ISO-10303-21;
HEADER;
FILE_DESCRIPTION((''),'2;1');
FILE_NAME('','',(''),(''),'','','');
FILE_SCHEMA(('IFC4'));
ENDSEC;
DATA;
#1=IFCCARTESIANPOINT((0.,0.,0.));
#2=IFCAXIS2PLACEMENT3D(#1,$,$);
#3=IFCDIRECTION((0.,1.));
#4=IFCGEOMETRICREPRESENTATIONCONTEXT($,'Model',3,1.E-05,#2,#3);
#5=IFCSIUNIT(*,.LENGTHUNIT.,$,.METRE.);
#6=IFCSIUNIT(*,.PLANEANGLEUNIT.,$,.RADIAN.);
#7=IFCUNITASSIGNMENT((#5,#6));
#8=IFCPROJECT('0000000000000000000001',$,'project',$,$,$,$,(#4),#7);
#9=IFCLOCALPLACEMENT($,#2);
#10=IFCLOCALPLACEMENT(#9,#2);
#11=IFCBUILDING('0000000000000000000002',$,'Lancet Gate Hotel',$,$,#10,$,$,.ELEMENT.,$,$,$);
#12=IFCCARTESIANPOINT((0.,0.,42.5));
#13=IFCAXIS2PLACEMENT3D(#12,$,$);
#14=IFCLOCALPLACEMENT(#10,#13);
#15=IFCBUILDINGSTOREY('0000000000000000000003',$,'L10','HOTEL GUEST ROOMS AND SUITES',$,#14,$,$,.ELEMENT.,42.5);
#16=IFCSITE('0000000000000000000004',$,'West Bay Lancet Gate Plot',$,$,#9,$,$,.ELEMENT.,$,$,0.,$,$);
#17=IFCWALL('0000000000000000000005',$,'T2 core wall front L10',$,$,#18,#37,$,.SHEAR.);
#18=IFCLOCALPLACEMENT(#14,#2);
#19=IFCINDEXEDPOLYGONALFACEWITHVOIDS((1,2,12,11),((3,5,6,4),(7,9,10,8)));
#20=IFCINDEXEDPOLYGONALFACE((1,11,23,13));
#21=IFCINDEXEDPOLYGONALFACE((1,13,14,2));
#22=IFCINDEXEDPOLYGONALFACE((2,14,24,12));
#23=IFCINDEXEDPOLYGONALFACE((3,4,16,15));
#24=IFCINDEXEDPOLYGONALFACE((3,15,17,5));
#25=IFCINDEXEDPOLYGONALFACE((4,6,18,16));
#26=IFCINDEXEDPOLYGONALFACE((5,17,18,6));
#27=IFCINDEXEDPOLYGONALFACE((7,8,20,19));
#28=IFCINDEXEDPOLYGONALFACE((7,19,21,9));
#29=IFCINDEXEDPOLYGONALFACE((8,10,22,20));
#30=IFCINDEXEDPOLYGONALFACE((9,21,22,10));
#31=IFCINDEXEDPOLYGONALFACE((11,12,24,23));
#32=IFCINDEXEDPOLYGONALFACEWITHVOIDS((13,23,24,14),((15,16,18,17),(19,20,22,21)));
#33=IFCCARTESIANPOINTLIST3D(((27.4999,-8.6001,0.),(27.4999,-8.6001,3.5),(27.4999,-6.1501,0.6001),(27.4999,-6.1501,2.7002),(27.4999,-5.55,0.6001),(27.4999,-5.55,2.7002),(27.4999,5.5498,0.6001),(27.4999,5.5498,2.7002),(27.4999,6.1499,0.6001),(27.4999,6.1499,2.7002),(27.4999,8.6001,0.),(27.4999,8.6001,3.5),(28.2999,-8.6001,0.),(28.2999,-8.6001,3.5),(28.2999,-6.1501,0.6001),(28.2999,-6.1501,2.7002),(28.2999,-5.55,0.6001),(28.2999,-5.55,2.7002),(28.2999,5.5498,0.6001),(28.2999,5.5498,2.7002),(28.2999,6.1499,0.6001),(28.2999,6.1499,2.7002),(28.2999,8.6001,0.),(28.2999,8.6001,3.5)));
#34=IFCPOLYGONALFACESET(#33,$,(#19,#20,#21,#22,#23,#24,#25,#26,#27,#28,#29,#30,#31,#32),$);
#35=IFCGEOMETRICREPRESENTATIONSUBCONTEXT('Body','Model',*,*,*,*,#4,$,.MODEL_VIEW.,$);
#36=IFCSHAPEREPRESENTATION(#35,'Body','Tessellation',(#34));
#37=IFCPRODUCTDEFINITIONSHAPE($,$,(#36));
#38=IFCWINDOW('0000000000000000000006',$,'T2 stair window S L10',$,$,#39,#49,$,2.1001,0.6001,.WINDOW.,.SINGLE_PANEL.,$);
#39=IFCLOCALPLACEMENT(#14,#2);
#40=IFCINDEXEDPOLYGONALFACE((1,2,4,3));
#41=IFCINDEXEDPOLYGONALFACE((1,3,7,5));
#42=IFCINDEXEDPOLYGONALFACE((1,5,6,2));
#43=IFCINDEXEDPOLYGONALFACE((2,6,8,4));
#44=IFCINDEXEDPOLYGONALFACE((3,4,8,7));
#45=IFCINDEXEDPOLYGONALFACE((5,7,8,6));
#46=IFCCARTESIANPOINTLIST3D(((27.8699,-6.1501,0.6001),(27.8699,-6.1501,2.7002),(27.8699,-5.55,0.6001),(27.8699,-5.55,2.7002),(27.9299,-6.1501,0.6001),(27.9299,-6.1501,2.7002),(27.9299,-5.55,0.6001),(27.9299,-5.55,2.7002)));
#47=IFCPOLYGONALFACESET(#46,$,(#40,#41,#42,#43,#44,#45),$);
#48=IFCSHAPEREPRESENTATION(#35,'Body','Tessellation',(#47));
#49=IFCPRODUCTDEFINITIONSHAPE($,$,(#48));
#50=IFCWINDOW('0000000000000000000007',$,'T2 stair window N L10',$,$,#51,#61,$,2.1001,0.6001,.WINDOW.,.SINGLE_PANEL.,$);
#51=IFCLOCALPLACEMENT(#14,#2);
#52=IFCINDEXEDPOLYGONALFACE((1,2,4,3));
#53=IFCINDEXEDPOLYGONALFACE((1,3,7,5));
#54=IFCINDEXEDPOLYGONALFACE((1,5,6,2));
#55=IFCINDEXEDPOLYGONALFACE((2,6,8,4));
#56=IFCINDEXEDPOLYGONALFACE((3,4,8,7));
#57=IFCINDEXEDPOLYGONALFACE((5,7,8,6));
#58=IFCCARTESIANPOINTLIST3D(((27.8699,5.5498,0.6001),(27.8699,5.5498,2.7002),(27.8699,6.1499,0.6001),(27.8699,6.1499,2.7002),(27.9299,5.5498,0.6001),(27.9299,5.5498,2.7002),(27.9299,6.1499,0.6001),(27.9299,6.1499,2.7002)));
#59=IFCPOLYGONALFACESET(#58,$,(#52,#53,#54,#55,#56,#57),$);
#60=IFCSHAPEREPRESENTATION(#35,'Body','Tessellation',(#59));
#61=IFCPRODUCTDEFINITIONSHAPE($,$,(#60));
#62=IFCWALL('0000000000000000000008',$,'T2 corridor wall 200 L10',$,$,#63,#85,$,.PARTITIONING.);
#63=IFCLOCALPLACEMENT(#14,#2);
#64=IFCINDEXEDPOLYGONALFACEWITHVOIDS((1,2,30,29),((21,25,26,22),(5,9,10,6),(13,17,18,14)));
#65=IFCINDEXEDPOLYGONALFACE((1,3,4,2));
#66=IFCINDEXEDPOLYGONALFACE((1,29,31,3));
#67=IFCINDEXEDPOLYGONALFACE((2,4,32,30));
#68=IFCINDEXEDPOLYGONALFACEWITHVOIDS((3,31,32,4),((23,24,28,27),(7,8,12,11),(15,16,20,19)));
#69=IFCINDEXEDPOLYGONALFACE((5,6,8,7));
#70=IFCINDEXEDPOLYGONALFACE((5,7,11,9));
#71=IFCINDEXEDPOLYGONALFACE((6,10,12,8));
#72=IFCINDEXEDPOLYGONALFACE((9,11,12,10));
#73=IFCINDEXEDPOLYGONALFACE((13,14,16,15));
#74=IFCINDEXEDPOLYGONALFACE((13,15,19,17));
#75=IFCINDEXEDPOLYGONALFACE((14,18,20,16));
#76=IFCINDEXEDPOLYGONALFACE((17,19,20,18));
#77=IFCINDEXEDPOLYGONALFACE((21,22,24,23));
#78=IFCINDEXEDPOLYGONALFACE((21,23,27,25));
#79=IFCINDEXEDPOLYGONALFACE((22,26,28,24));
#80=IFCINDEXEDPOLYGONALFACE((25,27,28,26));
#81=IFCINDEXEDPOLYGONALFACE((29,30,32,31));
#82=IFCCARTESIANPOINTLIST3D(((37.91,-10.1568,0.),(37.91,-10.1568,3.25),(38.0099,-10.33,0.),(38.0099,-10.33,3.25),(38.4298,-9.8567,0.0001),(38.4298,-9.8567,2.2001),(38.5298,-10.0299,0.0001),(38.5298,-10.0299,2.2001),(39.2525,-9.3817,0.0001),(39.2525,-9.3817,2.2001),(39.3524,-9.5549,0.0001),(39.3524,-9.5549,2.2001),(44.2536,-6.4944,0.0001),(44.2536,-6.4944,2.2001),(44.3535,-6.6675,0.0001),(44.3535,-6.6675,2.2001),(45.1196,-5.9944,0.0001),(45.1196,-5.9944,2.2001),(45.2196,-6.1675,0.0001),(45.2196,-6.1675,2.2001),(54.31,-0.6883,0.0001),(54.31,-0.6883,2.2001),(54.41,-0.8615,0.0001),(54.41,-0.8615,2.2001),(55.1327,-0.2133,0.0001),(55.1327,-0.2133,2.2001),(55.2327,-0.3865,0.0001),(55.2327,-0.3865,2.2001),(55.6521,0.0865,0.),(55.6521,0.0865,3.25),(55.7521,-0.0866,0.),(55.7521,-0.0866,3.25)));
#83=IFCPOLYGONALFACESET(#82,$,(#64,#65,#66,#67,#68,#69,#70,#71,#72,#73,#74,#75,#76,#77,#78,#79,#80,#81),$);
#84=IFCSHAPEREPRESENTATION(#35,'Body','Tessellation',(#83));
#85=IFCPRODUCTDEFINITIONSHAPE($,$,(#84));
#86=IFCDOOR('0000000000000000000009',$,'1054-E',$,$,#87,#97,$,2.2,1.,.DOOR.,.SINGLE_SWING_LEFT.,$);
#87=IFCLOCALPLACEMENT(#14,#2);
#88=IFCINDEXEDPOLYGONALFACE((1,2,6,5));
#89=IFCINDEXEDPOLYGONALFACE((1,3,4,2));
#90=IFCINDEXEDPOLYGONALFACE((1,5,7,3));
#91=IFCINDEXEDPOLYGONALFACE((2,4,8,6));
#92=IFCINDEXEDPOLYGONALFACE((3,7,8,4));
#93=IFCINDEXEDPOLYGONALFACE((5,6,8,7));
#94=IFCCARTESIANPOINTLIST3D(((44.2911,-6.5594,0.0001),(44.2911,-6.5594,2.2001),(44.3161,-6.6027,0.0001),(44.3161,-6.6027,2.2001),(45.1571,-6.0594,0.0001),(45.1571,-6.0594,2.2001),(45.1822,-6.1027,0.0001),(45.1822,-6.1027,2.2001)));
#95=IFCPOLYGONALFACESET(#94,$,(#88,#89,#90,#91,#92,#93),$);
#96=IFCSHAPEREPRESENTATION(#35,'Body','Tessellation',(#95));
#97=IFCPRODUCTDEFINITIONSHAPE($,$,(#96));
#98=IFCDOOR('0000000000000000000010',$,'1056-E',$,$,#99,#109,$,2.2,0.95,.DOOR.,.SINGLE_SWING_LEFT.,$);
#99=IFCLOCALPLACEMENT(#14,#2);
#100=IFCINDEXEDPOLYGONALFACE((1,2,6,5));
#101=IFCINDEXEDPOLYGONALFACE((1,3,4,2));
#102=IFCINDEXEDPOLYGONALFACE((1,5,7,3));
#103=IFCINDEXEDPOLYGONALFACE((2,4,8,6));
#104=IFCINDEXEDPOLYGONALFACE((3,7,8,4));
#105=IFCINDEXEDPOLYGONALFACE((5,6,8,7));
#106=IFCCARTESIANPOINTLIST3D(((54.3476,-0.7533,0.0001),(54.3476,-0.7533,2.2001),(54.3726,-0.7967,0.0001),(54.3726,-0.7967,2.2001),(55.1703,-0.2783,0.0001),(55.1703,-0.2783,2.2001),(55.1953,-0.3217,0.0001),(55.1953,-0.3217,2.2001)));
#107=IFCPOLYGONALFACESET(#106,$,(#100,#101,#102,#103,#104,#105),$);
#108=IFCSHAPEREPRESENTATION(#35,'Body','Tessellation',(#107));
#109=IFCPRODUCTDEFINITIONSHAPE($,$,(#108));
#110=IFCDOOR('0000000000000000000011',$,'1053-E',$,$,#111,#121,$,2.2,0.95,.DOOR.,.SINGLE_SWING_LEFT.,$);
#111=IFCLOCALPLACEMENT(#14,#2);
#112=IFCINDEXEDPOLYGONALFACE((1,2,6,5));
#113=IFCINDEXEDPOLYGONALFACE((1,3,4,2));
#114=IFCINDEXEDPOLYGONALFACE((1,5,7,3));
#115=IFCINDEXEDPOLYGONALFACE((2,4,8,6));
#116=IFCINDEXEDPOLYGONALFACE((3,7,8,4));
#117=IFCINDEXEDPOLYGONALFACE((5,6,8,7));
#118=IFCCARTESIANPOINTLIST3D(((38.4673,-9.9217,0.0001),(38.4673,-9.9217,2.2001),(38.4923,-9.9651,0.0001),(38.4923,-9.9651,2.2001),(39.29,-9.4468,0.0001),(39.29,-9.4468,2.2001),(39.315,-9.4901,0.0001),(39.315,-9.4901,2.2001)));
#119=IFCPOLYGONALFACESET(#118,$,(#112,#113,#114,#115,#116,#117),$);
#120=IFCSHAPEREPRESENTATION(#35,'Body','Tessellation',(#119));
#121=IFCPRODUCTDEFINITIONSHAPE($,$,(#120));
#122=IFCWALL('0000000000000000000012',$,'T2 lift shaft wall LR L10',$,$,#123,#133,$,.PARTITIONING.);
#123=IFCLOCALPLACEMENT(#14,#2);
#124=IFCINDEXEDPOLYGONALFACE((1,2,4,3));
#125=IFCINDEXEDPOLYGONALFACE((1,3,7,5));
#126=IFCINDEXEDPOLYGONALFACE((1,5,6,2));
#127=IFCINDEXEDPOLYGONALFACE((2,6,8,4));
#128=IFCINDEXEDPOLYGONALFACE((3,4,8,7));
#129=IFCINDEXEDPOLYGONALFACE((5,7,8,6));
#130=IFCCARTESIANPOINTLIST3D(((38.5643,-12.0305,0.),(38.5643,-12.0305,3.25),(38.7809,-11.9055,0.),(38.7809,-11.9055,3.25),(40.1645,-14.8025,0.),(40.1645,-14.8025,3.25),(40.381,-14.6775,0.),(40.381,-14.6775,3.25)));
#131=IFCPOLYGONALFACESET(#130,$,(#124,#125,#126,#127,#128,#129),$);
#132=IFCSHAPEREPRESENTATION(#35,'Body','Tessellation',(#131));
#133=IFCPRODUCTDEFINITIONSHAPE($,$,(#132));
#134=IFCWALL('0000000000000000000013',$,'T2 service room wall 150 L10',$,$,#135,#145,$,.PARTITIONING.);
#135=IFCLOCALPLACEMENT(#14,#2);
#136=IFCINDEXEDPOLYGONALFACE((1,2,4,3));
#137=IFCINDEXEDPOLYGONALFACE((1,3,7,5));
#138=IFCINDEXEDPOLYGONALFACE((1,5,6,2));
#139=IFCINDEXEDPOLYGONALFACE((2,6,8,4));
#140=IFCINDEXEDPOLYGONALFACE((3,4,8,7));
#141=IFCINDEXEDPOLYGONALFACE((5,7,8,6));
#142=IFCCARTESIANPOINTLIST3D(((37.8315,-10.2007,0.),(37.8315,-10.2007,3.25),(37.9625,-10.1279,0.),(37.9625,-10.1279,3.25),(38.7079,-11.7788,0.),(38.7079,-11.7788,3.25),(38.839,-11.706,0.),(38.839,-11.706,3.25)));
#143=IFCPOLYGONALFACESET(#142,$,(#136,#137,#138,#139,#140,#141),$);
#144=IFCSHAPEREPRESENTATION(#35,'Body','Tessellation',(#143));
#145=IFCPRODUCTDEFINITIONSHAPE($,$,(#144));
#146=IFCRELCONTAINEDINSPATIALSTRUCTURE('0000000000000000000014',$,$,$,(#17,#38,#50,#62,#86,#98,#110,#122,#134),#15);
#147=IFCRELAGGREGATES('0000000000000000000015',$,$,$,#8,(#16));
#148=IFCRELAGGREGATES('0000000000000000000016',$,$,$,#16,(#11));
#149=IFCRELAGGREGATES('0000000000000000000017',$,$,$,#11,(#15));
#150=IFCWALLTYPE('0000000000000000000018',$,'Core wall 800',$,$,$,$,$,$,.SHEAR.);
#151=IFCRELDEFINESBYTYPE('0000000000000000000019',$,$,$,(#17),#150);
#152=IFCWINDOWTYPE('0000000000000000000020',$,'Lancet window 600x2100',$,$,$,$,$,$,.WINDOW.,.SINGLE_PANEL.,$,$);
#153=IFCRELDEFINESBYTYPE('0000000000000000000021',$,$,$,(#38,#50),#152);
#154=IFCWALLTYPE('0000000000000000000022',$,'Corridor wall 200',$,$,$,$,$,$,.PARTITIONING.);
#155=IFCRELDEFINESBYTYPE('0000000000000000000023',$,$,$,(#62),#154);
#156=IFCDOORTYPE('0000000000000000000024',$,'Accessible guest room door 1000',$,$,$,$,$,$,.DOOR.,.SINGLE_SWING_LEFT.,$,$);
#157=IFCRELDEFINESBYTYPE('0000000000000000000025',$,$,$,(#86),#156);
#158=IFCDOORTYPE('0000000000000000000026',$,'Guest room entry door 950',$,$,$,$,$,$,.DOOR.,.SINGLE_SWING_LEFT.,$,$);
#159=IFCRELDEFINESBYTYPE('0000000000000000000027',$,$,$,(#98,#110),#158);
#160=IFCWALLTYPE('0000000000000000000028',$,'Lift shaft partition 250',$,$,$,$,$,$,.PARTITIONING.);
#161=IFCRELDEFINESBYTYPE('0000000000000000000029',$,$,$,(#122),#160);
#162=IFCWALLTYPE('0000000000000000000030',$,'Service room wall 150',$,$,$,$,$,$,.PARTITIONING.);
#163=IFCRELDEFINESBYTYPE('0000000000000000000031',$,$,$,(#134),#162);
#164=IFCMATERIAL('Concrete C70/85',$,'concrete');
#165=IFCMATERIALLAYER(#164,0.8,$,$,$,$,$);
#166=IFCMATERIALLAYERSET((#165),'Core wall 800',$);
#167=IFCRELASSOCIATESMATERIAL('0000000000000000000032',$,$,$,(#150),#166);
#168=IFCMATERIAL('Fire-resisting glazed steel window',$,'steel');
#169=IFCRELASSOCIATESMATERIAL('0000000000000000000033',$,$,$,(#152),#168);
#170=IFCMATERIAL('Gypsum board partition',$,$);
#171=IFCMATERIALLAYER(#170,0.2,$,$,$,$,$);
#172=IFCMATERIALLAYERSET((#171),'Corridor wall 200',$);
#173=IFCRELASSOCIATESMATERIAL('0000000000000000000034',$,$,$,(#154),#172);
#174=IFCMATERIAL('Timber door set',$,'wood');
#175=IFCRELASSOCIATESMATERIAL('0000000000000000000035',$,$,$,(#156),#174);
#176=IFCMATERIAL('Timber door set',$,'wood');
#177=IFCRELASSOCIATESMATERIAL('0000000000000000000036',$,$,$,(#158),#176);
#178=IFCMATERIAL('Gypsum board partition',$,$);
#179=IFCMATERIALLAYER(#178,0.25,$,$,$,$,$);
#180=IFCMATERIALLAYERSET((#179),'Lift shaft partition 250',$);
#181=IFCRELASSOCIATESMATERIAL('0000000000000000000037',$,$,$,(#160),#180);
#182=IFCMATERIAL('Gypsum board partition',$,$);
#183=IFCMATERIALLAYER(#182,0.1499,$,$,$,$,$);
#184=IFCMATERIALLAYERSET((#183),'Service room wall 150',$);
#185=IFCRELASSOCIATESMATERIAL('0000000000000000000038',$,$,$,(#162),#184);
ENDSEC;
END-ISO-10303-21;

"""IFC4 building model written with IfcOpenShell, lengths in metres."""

from ifc_helpers import new_model, si_unit, direction, frame, frame_2d, origin, place, context, subcontext, project, spatial, rectangle, extrude, material, layer, layer_set, type_object, element, fill, save


model = new_model("IFC4")

# Units and contexts
model_context = context("Model", 3, precision=1e-05, world=origin(), true_north=direction((0.0, 1.0)))
body_context = subcontext(model_context, "Body", "Model", "MODEL_VIEW")
ifc_project = project(units=[si_unit("LENGTHUNIT", "METRE"), si_unit("PLANEANGLEUNIT", "RADIAN")], contexts=[model_context])

# Site, building, storey
site_placement = place(None, origin())
site = spatial("IfcSite", under=ifc_project, at=site_placement, Name="West Bay Lancet Gate Plot", CompositionType="ELEMENT", RefElevation=0.0)
building_placement = place(site_placement, origin())
building = spatial("IfcBuilding", under=site, at=building_placement, Name="Lancet Gate Hotel", CompositionType="ELEMENT")
storey_placement = place(building_placement, frame((0.0, 0.0, 42.5)))
storey = spatial("IfcBuildingStorey", under=building, at=storey_placement, Name="L10", Description="HOTEL GUEST ROOMS AND SUITES", CompositionType="ELEMENT", Elevation=42.5)

# Wall, openings, windows
ifc_material_1 = material(Name="Concrete C70/85", Category="concrete")
ifc_layer_1 = layer(ifc_material_1, 0.8)
ifc_layer_set_1 = layer_set([ifc_layer_1], Name="Core wall 800")
wall_type_1 = type_object("IfcWallType", Name="Core wall 800", PredefinedType="SHEAR", material=ifc_layer_set_1)
wall_1_placement = place(storey_placement, frame((27.8999, -8.6001, 0.0), z_axis=(0.0, 0.0, 1.0), x_axis=(0.0, 1.0, 0.0)))
wall_1 = element("IfcWall", 1, at=wall_1_placement, inside=storey, type_object=wall_type_1, Name="T2 core wall front L10", PredefinedType="SHEAR", context=body_context, shape_type="SweptSolid", body=[
    extrude(rectangle(XDim=17.2002, YDim=0.8, at=frame_2d((8.6001, 0.0))), origin(), (0.0, 0.0, 1.0), 3.5),
])
opening_1_placement = place(wall_1_placement, frame((2.45, 0.0, 0.6001)))
opening_1 = element("IfcOpeningElement", 2, at=opening_1_placement, cuts=wall_1, PredefinedType="OPENING", context=body_context, shape_type="SweptSolid", body=[
    extrude(rectangle(XDim=0.6001, YDim=2.1001, at=frame_2d((0.3, 1.05))), frame((0.0, 0.4099, 0.0), z_axis=(0.0, -1.0, 0.0), x_axis=(1.0, 0.0, 0.0)), (0.0, 0.0, 1.0), 0.8201),
])
opening_2_placement = place(wall_1_placement, frame((14.1499, 0.0, 0.6001)))
opening_2 = element("IfcOpeningElement", 3, at=opening_2_placement, cuts=wall_1, PredefinedType="OPENING", context=body_context, shape_type="SweptSolid", body=[
    extrude(rectangle(XDim=0.6001, YDim=2.1001, at=frame_2d((0.3, 1.05))), frame((0.0, 0.4099, 0.0), z_axis=(0.0, -1.0, 0.0), x_axis=(1.0, 0.0, 0.0)), (0.0, 0.0, 1.0), 0.8201),
])
ifc_material_2 = material(Name="Fire-resisting glazed steel window", Category="steel")
window_type = type_object("IfcWindowType", Name="Lancet window 600x2100", PartitioningType="SINGLE_PANEL", PredefinedType="WINDOW", material=ifc_material_2)
window_1_placement = place(opening_1_placement, origin())
window_1 = element("IfcWindow", 4, at=window_1_placement, inside=storey, type_object=window_type, Name="T2 stair window S L10", OverallHeight=2.1001, OverallWidth=0.6001, PartitioningType="SINGLE_PANEL", PredefinedType="WINDOW", context=body_context, shape_type="SweptSolid", body=[
    extrude(rectangle(XDim=0.6001, YDim=2.1001, at=frame_2d((0.3, 1.05))), frame((0.0, 0.03, 0.0), z_axis=(0.0, -1.0, 0.0), x_axis=(1.0, 0.0, 0.0)), (0.0, 0.0, 1.0), 0.0601),
])
fill(opening_1, window_1)
window_2_placement = place(opening_2_placement, origin())
window_2 = element("IfcWindow", 5, at=window_2_placement, inside=storey, type_object=window_type, Name="T2 stair window N L10", OverallHeight=2.1001, OverallWidth=0.6001, PartitioningType="SINGLE_PANEL", PredefinedType="WINDOW", context=body_context, shape_type="SweptSolid", body=[
    extrude(rectangle(XDim=0.6001, YDim=2.1001, at=frame_2d((0.3, 1.05))), frame((0.0, 0.03, 0.0), z_axis=(0.0, -1.0, 0.0), x_axis=(1.0, 0.0, 0.0)), (0.0, 0.0, 1.0), 0.0601),
])
fill(opening_2, window_2)

# Wall, openings, doors
ifc_material_3 = material(Name="Gypsum board partition")
ifc_layer_2 = layer(ifc_material_3, 0.2)
ifc_layer_set_2 = layer_set([ifc_layer_2], Name="Corridor wall 200")
wall_type_2 = type_object("IfcWallType", Name="Corridor wall 200", PredefinedType="PARTITIONING", material=ifc_layer_set_2)
wall_2_placement = place(storey_placement, frame((37.96, -10.2434, 0.0), z_axis=(0.0, 0.0, 1.0), x_axis=(0.866026, 0.499998, 0.0)))
wall_2 = element("IfcWall", 6, at=wall_2_placement, inside=storey, type_object=wall_type_2, Name="T2 corridor wall 200 L10", PredefinedType="PARTITIONING", context=body_context, shape_type="SweptSolid", body=[
    extrude(rectangle(XDim=20.4868, YDim=0.2, at=frame_2d((10.2434, 0.0))), origin(), (0.0, 0.0, 1.0), 3.25),
])
opening_3_placement = place(wall_2_placement, frame((7.325, 0.0, 0.0)))
opening_3 = element("IfcOpeningElement", 7, at=opening_3_placement, cuts=wall_2, PredefinedType="OPENING", context=body_context, shape_type="SweptSolid", body=[
    extrude(rectangle(XDim=1.0, YDim=2.2, at=frame_2d((0.5, 1.1001))), frame((0.0, 0.1099, 0.0), z_axis=(0.0, -1.0, 0.0), x_axis=(1.0, 0.0, 0.0)), (0.0, 0.0, 1.0), 0.22),
])
opening_4_placement = place(wall_2_placement, frame((18.937, 0.0, 0.0)))
opening_4 = element("IfcOpeningElement", 8, at=opening_4_placement, cuts=wall_2, PredefinedType="OPENING", context=body_context, shape_type="SweptSolid", body=[
    extrude(rectangle(XDim=0.95, YDim=2.2, at=frame_2d((0.4751, 1.1001))), frame((0.0, 0.1099, 0.0), z_axis=(0.0, -1.0, 0.0), x_axis=(1.0, 0.0, 0.0)), (0.0, 0.0, 1.0), 0.22),
])
opening_5_placement = place(wall_2_placement, frame((0.6001, 0.0, 0.0)))
opening_5 = element("IfcOpeningElement", 9, at=opening_5_placement, cuts=wall_2, PredefinedType="OPENING", context=body_context, shape_type="SweptSolid", body=[
    extrude(rectangle(XDim=0.95, YDim=2.2, at=frame_2d((0.4751, 1.1001))), frame((0.0, 0.1099, 0.0), z_axis=(0.0, -1.0, 0.0), x_axis=(1.0, 0.0, 0.0)), (0.0, 0.0, 1.0), 0.22),
])
ifc_material_4 = material(Name="Timber door set", Category="wood")
door_type_1 = type_object("IfcDoorType", Name="Accessible guest room door 1000", OperationType="SINGLE_SWING_LEFT", PredefinedType="DOOR", material=ifc_material_4)
door_1_placement = place(opening_3_placement, origin())
door_1 = element("IfcDoor", 10, at=door_1_placement, inside=storey, type_object=door_type_1, Name="1054-E", OperationType="SINGLE_SWING_LEFT", OverallHeight=2.2, OverallWidth=1.0, PredefinedType="DOOR", context=body_context, shape_type="SweptSolid", body=[
    extrude(rectangle(XDim=1.0, YDim=2.2, at=frame_2d((0.5, 1.1001))), frame((0.0, 0.0249, 0.0), z_axis=(0.0, -1.0, 0.0), x_axis=(1.0, 0.0, 0.0)), (0.0, 0.0, 1.0), 0.05),
])
fill(opening_3, door_1)
ifc_material_5 = material(Name="Timber door set", Category="wood")
door_type_2 = type_object("IfcDoorType", Name="Guest room entry door 950", OperationType="SINGLE_SWING_LEFT", PredefinedType="DOOR", material=ifc_material_5)
door_2_placement = place(opening_4_placement, origin())
door_2 = element("IfcDoor", 11, at=door_2_placement, inside=storey, type_object=door_type_2, Name="1056-E", OperationType="SINGLE_SWING_LEFT", OverallHeight=2.2, OverallWidth=0.95, PredefinedType="DOOR", context=body_context, shape_type="SweptSolid", body=[
    extrude(rectangle(XDim=0.95, YDim=2.2, at=frame_2d((0.4751, 1.1001))), frame((0.0, 0.0249, 0.0), z_axis=(0.0, -1.0, 0.0), x_axis=(1.0, 0.0, 0.0)), (0.0, 0.0, 1.0), 0.05),
])
fill(opening_4, door_2)
door_3_placement = place(opening_5_placement, origin())
door_3 = element("IfcDoor", 12, at=door_3_placement, inside=storey, type_object=door_type_2, Name="1053-E", OperationType="SINGLE_SWING_LEFT", OverallHeight=2.2, OverallWidth=0.95, PredefinedType="DOOR", context=body_context, shape_type="SweptSolid", body=[
    extrude(rectangle(XDim=0.95, YDim=2.2, at=frame_2d((0.4751, 1.1001))), frame((0.0, 0.0249, 0.0), z_axis=(0.0, -1.0, 0.0), x_axis=(1.0, 0.0, 0.0)), (0.0, 0.0, 1.0), 0.05),
])
fill(opening_5, door_3)

# Walls
ifc_material_6 = material(Name="Gypsum board partition")
ifc_layer_3 = layer(ifc_material_6, 0.25)
ifc_layer_set_3 = layer_set([ifc_layer_3], Name="Lift shaft partition 250")
wall_type_3 = type_object("IfcWallType", Name="Lift shaft partition 250", PredefinedType="PARTITIONING", material=ifc_layer_set_3)
wall_3_placement = place(storey_placement, frame((38.6726, -11.968, 0.0), z_axis=(0.0, 0.0, 1.0), x_axis=(0.499929, -0.866066, 0.0)))
element("IfcWall", 13, at=wall_3_placement, inside=storey, type_object=wall_type_3, Name="T2 lift shaft wall LR L10", PredefinedType="PARTITIONING", context=body_context, shape_type="SweptSolid", body=[
    extrude(rectangle(XDim=3.2007, YDim=0.25, at=frame_2d((1.6003, 0.0))), origin(), (0.0, 0.0, 1.0), 3.25),
])
ifc_material_7 = material(Name="Gypsum board partition")
ifc_layer_4 = layer(ifc_material_7, 0.1499)
ifc_layer_set_4 = layer_set([ifc_layer_4], Name="Service room wall 150")
wall_type_4 = type_object("IfcWallType", Name="Service room wall 150", PredefinedType="PARTITIONING", material=ifc_layer_set_4)
wall_4_placement = place(storey_placement, frame((38.7734, -11.7424, 0.0), z_axis=(0.0, 0.0, 1.0), x_axis=(-0.485528, 0.874221, 0.0)))
element("IfcWall", 14, at=wall_4_placement, inside=storey, type_object=wall_type_4, Name="T2 service room wall 150 L10", PredefinedType="PARTITIONING", context=body_context, shape_type="SweptSolid", body=[
    extrude(rectangle(XDim=1.8052, YDim=0.1499, at=frame_2d((0.9026, 0.0))), origin(), (0.0, 0.0, 1.0), 3.25),
])

save(model, "model.ifc")
